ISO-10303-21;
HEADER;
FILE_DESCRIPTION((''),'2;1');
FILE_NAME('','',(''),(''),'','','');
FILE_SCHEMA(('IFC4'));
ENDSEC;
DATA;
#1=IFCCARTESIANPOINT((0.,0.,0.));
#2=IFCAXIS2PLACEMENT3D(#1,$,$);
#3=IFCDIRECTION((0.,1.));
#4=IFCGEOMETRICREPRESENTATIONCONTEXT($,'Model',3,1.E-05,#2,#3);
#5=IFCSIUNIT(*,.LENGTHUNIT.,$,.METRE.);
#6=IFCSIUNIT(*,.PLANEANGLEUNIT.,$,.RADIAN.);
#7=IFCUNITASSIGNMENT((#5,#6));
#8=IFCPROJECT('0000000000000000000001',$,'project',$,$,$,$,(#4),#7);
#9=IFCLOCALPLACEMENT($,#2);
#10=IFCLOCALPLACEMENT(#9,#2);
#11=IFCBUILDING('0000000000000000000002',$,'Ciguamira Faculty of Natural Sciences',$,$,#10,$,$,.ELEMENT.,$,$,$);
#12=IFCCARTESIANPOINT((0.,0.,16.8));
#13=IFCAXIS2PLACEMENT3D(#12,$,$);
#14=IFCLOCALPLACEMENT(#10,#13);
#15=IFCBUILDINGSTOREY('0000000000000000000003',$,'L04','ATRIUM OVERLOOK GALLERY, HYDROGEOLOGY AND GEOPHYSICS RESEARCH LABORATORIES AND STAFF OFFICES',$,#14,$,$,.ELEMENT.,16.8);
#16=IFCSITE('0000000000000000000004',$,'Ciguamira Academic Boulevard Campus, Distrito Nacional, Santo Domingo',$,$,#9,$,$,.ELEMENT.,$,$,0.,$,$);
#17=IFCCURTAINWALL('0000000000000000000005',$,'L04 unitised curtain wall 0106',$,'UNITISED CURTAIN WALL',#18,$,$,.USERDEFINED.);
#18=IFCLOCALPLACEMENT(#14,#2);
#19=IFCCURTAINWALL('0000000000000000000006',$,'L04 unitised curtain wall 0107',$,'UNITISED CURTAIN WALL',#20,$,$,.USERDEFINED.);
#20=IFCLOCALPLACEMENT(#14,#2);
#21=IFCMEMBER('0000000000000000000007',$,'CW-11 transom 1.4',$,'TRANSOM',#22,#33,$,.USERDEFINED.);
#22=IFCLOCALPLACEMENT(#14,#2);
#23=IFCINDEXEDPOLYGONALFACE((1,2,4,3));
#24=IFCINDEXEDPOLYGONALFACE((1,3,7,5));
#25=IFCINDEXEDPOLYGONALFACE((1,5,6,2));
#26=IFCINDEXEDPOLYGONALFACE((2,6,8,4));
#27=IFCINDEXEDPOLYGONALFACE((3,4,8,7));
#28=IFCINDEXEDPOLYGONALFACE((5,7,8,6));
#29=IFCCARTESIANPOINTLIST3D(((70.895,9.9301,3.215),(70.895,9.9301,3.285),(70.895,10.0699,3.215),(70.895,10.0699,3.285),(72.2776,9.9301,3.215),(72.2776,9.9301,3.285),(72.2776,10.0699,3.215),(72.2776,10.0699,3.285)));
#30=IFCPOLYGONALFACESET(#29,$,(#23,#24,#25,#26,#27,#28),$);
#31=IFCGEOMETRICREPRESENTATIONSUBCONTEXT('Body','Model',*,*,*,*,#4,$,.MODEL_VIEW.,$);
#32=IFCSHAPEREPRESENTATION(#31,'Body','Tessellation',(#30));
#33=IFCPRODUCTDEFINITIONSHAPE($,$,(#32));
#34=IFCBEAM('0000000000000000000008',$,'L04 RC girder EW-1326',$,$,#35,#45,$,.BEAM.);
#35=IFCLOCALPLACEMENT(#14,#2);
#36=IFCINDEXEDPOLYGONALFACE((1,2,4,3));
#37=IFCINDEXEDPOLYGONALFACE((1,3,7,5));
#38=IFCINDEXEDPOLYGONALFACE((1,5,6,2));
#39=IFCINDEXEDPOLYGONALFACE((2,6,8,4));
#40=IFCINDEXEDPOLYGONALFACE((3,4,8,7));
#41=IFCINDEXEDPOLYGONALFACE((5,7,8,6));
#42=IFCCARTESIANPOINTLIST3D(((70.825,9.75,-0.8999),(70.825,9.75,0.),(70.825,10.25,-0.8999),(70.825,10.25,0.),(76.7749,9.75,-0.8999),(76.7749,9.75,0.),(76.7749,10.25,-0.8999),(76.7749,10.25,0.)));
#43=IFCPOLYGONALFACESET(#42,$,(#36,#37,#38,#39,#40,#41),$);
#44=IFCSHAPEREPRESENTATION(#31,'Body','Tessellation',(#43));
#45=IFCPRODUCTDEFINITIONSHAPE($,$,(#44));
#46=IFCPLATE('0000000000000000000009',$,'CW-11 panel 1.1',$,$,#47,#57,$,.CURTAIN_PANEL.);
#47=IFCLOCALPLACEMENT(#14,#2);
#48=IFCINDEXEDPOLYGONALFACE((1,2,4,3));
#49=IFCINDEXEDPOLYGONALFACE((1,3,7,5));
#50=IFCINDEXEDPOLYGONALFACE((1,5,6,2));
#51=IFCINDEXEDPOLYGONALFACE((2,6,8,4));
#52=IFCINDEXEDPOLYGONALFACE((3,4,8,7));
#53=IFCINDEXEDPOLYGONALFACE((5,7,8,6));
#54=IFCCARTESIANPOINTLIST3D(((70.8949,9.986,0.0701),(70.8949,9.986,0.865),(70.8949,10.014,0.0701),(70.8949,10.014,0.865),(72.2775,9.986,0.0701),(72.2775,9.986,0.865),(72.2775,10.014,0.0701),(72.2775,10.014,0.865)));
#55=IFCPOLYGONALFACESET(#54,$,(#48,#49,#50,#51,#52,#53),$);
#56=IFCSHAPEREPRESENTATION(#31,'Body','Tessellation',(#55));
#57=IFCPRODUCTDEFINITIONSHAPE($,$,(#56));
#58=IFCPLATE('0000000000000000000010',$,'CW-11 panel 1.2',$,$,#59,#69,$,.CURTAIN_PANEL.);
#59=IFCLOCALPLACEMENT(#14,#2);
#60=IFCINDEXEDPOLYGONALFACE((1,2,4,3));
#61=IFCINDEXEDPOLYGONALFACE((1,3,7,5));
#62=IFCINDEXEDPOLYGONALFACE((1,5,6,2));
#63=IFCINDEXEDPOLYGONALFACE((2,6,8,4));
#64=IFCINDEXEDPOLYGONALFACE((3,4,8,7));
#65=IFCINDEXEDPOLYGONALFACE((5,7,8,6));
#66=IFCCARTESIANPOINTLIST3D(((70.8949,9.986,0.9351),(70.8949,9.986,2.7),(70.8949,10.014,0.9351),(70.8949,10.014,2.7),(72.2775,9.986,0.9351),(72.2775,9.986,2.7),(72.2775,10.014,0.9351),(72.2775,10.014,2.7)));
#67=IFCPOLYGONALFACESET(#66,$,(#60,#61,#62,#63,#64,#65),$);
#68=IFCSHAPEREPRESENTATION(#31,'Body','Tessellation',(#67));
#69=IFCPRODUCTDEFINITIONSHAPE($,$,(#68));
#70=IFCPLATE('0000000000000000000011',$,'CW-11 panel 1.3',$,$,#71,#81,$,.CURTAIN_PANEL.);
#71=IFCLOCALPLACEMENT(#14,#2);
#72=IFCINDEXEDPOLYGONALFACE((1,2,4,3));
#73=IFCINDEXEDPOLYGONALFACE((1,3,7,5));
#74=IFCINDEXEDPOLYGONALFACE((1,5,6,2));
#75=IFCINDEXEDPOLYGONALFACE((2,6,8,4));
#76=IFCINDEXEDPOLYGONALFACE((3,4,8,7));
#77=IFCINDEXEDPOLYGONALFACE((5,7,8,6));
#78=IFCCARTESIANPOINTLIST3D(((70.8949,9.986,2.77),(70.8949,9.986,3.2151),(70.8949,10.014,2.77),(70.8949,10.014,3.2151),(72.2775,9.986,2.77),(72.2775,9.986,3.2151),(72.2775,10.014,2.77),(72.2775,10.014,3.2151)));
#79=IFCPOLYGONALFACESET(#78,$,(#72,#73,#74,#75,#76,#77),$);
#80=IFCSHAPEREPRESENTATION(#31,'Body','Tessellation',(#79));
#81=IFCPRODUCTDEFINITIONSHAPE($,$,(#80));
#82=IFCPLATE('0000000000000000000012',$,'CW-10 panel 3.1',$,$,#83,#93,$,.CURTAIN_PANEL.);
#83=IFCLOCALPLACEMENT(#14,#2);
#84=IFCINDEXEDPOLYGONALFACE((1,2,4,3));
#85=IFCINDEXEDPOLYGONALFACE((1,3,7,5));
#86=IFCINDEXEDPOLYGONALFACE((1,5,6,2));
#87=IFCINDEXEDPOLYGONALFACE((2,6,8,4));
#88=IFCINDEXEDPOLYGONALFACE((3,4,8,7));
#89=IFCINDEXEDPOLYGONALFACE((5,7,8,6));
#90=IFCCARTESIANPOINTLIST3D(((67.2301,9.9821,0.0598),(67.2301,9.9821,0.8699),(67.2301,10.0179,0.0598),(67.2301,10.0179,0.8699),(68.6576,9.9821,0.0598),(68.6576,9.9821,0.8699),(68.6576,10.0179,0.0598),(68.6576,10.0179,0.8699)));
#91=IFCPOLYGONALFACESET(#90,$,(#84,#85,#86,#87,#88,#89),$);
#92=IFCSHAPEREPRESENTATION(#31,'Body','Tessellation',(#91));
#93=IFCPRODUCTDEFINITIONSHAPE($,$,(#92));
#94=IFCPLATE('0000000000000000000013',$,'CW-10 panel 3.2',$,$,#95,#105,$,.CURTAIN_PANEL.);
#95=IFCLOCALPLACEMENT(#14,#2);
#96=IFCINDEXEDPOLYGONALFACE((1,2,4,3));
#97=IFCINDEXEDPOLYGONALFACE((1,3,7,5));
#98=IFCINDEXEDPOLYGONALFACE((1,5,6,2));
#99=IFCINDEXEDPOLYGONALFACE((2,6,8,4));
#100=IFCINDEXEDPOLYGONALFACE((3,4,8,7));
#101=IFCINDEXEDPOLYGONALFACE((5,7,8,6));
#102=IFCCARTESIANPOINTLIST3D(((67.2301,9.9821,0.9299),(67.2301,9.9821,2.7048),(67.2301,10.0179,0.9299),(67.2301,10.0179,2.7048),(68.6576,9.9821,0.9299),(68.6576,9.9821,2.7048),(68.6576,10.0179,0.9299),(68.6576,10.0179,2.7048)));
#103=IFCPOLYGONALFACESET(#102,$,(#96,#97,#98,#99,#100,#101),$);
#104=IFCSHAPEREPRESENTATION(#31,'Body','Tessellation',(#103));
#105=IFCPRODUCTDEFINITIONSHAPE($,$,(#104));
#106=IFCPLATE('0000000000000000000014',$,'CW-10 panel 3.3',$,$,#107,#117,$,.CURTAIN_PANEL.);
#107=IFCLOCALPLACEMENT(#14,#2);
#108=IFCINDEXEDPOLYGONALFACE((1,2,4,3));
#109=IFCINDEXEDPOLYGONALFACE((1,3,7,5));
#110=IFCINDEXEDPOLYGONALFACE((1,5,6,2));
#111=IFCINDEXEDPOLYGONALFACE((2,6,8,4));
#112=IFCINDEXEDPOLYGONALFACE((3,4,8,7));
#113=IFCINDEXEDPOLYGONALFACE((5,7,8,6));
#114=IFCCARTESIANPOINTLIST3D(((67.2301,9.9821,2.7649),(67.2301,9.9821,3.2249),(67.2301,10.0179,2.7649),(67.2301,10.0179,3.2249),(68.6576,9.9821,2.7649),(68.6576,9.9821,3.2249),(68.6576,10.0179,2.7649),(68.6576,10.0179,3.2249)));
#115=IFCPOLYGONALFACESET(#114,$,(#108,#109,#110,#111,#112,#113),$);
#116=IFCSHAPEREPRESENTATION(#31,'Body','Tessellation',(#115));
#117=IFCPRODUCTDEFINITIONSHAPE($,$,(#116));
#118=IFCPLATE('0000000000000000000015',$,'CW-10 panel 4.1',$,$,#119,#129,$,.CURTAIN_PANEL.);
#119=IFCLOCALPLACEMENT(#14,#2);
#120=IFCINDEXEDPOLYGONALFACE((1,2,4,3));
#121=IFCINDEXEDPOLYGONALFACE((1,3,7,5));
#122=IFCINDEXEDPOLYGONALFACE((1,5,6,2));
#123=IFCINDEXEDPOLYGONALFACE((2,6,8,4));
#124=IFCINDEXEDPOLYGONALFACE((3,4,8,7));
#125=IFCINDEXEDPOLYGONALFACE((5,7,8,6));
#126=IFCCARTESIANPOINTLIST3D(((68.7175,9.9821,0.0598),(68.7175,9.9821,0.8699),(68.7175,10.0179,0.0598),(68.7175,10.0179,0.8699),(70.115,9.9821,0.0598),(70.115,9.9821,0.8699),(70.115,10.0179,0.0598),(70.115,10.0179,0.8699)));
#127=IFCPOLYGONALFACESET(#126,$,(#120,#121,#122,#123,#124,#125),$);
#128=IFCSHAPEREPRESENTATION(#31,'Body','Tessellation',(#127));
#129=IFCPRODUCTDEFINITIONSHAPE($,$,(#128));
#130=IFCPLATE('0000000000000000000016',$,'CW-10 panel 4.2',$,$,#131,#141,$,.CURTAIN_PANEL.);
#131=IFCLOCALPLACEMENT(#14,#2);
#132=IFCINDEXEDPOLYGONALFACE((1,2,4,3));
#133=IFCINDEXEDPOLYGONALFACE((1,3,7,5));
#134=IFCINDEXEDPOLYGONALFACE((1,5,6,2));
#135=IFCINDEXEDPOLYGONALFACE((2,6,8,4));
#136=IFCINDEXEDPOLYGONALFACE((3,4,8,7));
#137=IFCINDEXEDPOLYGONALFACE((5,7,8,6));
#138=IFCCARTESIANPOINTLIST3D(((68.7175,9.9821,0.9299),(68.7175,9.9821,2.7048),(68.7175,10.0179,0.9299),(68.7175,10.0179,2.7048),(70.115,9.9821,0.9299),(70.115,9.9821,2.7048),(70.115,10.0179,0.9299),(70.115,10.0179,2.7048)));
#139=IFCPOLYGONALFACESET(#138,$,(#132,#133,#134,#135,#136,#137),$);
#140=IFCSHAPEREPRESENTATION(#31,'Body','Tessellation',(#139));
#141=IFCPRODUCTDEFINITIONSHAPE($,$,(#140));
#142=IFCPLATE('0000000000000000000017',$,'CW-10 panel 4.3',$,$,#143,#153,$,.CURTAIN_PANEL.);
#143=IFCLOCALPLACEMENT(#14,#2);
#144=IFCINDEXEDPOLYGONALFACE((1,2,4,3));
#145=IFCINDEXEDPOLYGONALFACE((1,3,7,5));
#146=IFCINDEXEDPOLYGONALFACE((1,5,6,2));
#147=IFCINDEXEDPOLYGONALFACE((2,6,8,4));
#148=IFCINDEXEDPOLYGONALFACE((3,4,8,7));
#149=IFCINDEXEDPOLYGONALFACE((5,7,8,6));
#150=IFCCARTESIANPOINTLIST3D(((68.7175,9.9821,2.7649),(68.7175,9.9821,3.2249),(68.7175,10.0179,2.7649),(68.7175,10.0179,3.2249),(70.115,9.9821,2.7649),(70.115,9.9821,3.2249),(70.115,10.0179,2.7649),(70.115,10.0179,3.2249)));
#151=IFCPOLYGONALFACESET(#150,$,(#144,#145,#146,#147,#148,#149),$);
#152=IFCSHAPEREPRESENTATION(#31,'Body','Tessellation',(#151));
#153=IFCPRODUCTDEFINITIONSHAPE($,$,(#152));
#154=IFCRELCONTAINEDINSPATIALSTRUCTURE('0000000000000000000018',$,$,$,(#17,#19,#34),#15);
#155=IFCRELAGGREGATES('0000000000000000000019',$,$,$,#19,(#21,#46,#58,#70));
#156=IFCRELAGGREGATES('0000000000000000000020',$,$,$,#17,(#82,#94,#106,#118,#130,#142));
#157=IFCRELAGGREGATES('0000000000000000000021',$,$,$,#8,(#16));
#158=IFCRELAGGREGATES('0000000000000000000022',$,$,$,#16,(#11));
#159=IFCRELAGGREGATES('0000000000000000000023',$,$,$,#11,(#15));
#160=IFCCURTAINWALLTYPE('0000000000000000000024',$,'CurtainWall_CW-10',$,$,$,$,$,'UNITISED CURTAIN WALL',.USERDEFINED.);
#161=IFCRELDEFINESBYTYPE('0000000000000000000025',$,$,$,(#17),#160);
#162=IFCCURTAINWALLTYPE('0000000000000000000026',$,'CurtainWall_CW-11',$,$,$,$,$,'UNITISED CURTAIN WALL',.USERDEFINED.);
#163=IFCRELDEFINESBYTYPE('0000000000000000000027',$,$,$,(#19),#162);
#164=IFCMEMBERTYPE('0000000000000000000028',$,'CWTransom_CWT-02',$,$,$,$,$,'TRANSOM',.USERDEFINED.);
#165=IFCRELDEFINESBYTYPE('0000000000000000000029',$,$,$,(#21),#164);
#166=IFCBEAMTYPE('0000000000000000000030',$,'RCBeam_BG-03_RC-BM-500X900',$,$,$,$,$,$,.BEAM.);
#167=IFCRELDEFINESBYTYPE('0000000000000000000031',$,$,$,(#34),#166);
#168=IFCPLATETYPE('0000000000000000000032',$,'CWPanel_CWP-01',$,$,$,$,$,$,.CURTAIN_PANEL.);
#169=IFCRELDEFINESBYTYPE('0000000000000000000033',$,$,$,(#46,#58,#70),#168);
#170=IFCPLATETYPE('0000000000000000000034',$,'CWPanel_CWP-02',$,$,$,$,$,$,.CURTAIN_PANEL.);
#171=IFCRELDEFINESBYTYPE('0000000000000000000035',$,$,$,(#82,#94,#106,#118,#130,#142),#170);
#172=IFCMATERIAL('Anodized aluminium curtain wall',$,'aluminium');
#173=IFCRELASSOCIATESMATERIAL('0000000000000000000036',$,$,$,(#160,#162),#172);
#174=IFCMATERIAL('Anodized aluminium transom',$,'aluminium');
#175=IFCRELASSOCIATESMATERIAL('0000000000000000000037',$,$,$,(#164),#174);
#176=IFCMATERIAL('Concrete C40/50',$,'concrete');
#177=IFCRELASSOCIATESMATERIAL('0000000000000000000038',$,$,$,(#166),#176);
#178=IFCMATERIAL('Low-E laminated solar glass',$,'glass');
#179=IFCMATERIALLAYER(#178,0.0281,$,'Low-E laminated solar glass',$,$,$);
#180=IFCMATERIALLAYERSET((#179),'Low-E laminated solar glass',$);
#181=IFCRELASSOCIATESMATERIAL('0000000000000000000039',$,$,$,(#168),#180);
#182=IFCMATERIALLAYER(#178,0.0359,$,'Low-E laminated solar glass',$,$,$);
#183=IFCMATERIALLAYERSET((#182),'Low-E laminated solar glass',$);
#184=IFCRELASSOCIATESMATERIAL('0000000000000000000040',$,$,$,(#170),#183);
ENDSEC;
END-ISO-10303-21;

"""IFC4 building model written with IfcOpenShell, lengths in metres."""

from ifc_helpers import new_model, si_unit, direction, frame, origin, origin_2d, place, context, subcontext, project, spatial, rectangle, extrude, material, layer, layer_set, material_profile, profile_set, type_object, element, aggregate, save


model = new_model("IFC4")

# Units and contexts
model_context = context("Model", 3, precision=1e-05, world=origin(), true_north=direction((0.0, 1.0)))
body_context = subcontext(model_context, "Body", "Model", "MODEL_VIEW")
ifc_project = project(units=[si_unit("LENGTHUNIT", "METRE"), si_unit("PLANEANGLEUNIT", "RADIAN")], contexts=[model_context])

# Site, building, storey
site_placement = place(None, origin())
site = spatial("IfcSite", under=ifc_project, at=site_placement, Name="Ciguamira Academic Boulevard Campus, Distrito Nacional, Santo Domingo", CompositionType="ELEMENT", RefElevation=0.0)
building_placement = place(site_placement, origin())
building = spatial("IfcBuilding", under=site, at=building_placement, Name="Ciguamira Faculty of Natural Sciences", CompositionType="ELEMENT")
storey_placement = place(building_placement, frame((0.0, 0.0, 16.8)))
storey = spatial("IfcBuildingStorey", under=building, at=storey_placement, Name="L04", Description="ATRIUM OVERLOOK GALLERY, HYDROGEOLOGY AND GEOPHYSICS RESEARCH LABORATORIES AND STAFF OFFICES", CompositionType="ELEMENT", Elevation=16.8)

# Shared definitions
ifc_material_1 = material(Name="Concrete C40/50", Category="concrete")

# Curtain wall
ifc_material_2 = material(Name="Anodized aluminium curtain wall", Category="aluminium")
curtain_wall_type_1 = type_object("IfcCurtainWallType", Name="CurtainWall_CW-10", ElementType="UNITISED CURTAIN WALL", PredefinedType="USERDEFINED", material=ifc_material_2)
curtain_wall_1_placement = place(storey_placement, origin())
curtain_wall_1 = element("IfcCurtainWall", 1, at=curtain_wall_1_placement, inside=storey, type_object=curtain_wall_type_1, Name="L04 unitised curtain wall 0106", ObjectType="UNITISED CURTAIN WALL", PredefinedType="USERDEFINED")

# Curtain wall
curtain_wall_type_2 = type_object("IfcCurtainWallType", Name="CurtainWall_CW-11", ElementType="UNITISED CURTAIN WALL", PredefinedType="USERDEFINED", material=ifc_material_2)
curtain_wall_2_placement = place(storey_placement, origin())
curtain_wall_2 = element("IfcCurtainWall", 2, at=curtain_wall_2_placement, inside=storey, type_object=curtain_wall_type_2, Name="L04 unitised curtain wall 0107", ObjectType="UNITISED CURTAIN WALL", PredefinedType="USERDEFINED")

# Member
ifc_material_3 = material(Name="Anodized aluminium transom", Category="aluminium")
ifc_material_profile_1 = material_profile(ifc_material_3, rectangle(XDim=0.0701, YDim=0.1399, at=origin_2d()), Name="ALU-TRN-70X140")
ifc_profile_set_1 = profile_set([ifc_material_profile_1], Name="Anodized aluminium transom")
member_type_1 = type_object("IfcMemberType", Name="CWTransom_CWT-02", ElementType="TRANSOM", PredefinedType="USERDEFINED", material=ifc_profile_set_1)
member_1_placement = place(storey_placement, frame((70.895, 10.0, 3.25), z_axis=(1.0, 0.0, 0.0), x_axis=(0.0, 0.0, 1.0)))
member_1 = element("IfcMember", 3, at=member_1_placement, type_object=member_type_1, Name="CW-11 transom 1.4", ObjectType="TRANSOM", PredefinedType="USERDEFINED", context=body_context, shape_type="SweptSolid", body=[
    extrude(rectangle(XDim=0.0701, YDim=0.1399, at=origin_2d()), origin(), (0.0, 0.0, 1.0), 1.3826),
])

# Beam
ifc_material_profile_2 = material_profile(ifc_material_1, rectangle(XDim=0.5, YDim=0.8999, at=origin_2d()), Name="RC-BM-500X900")
ifc_profile_set_2 = profile_set([ifc_material_profile_2], Name="Concrete C40/50")
beam_type = type_object("IfcBeamType", Name="RCBeam_BG-03_RC-BM-500X900", PredefinedType="BEAM", material=ifc_profile_set_2)
beam_placement = place(storey_placement, frame((70.825, 10.0, -0.45), z_axis=(1.0, 0.0, 0.0), x_axis=(0.0, 1.0, 0.0)))
element("IfcBeam", 4, at=beam_placement, inside=storey, type_object=beam_type, Name="L04 RC girder EW-1326", PredefinedType="BEAM", context=body_context, shape_type="SweptSolid", body=[
    extrude(rectangle(XDim=0.5, YDim=0.8999, at=origin_2d()), origin(), (0.0, 0.0, 1.0), 5.95),
])

# Plates
ifc_material_4 = material(Name="Low-E laminated solar glass", Category="glass")
ifc_layer_1 = layer(ifc_material_4, 0.0281, Name="Low-E laminated solar glass")
ifc_layer_set_1 = layer_set([ifc_layer_1], Name="Low-E laminated solar glass")
plate_type_1 = type_object("IfcPlateType", Name="CWPanel_CWP-01", PredefinedType="CURTAIN_PANEL", material=ifc_layer_set_1)
plate_1_placement = place(storey_placement, frame((71.5862, 10.0, 0.0701), z_axis=(0.0, 0.0, 1.0), x_axis=(1.0, 0.0, 0.0)))
plate_1 = element("IfcPlate", 5, at=plate_1_placement, type_object=plate_type_1, Name="CW-11 panel 1.1", PredefinedType="CURTAIN_PANEL", context=body_context, shape_type="SweptSolid", body=[
    extrude(rectangle(XDim=1.3826, YDim=0.0281, at=origin_2d()), origin(), (0.0, 0.0, 1.0), 0.7949),
])
plate_2_placement = place(storey_placement, frame((71.5862, 10.0, 0.9351), z_axis=(0.0, 0.0, 1.0), x_axis=(1.0, 0.0, 0.0)))
plate_2 = element("IfcPlate", 6, at=plate_2_placement, type_object=plate_type_1, Name="CW-11 panel 1.2", PredefinedType="CURTAIN_PANEL", context=body_context, shape_type="SweptSolid", body=[
    extrude(rectangle(XDim=1.3826, YDim=0.0281, at=origin_2d()), origin(), (0.0, 0.0, 1.0), 1.7649),
])
plate_3_placement = place(storey_placement, frame((71.5862, 10.0, 2.77), z_axis=(0.0, 0.0, 1.0), x_axis=(1.0, 0.0, 0.0)))
plate_3 = element("IfcPlate", 7, at=plate_3_placement, type_object=plate_type_1, Name="CW-11 panel 1.3", PredefinedType="CURTAIN_PANEL", context=body_context, shape_type="SweptSolid", body=[
    extrude(rectangle(XDim=1.3826, YDim=0.0281, at=origin_2d()), origin(), (0.0, 0.0, 1.0), 0.4451),
])
aggregate(curtain_wall_2, [member_1, plate_1, plate_2, plate_3])
ifc_layer_2 = layer(ifc_material_4, 0.0359, Name="Low-E laminated solar glass")
ifc_layer_set_2 = layer_set([ifc_layer_2], Name="Low-E laminated solar glass")
plate_type_2 = type_object("IfcPlateType", Name="CWPanel_CWP-02", PredefinedType="CURTAIN_PANEL", material=ifc_layer_set_2)
plate_4_placement = place(storey_placement, frame((67.9438, 10.0, 0.0598), z_axis=(0.0, 0.0, 1.0), x_axis=(1.0, 0.0, 0.0)))
plate_4 = element("IfcPlate", 8, at=plate_4_placement, type_object=plate_type_2, Name="CW-10 panel 3.1", PredefinedType="CURTAIN_PANEL", context=body_context, shape_type="SweptSolid", body=[
    extrude(rectangle(XDim=1.4275, YDim=0.0359, at=origin_2d()), origin(), (0.0, 0.0, 1.0), 0.8101),
])
plate_5_placement = place(storey_placement, frame((67.9438, 10.0, 0.9299), z_axis=(0.0, 0.0, 1.0), x_axis=(1.0, 0.0, 0.0)))
plate_5 = element("IfcPlate", 9, at=plate_5_placement, type_object=plate_type_2, Name="CW-10 panel 3.2", PredefinedType="CURTAIN_PANEL", context=body_context, shape_type="SweptSolid", body=[
    extrude(rectangle(XDim=1.4275, YDim=0.0359, at=origin_2d()), origin(), (0.0, 0.0, 1.0), 1.7749),
])
plate_6_placement = place(storey_placement, frame((67.9438, 10.0, 2.7649), z_axis=(0.0, 0.0, 1.0), x_axis=(1.0, 0.0, 0.0)))
plate_6 = element("IfcPlate", 10, at=plate_6_placement, type_object=plate_type_2, Name="CW-10 panel 3.3", PredefinedType="CURTAIN_PANEL", context=body_context, shape_type="SweptSolid", body=[
    extrude(rectangle(XDim=1.4275, YDim=0.0359, at=origin_2d()), origin(), (0.0, 0.0, 1.0), 0.46),
])
plate_7_placement = place(storey_placement, frame((69.4163, 10.0, 0.0598), z_axis=(0.0, 0.0, 1.0), x_axis=(1.0, 0.0, 0.0)))
plate_7 = element("IfcPlate", 11, at=plate_7_placement, type_object=plate_type_2, Name="CW-10 panel 4.1", PredefinedType="CURTAIN_PANEL", context=body_context, shape_type="SweptSolid", body=[
    extrude(rectangle(XDim=1.3975, YDim=0.0359, at=origin_2d()), origin(), (0.0, 0.0, 1.0), 0.8101),
])
plate_8_placement = place(storey_placement, frame((69.4163, 10.0, 0.9299), z_axis=(0.0, 0.0, 1.0), x_axis=(1.0, 0.0, 0.0)))
plate_8 = element("IfcPlate", 12, at=plate_8_placement, type_object=plate_type_2, Name="CW-10 panel 4.2", PredefinedType="CURTAIN_PANEL", context=body_context, shape_type="SweptSolid", body=[
    extrude(rectangle(XDim=1.3975, YDim=0.0359, at=origin_2d()), origin(), (0.0, 0.0, 1.0), 1.7749),
])
plate_9_placement = place(storey_placement, frame((69.4163, 10.0, 2.7649), z_axis=(0.0, 0.0, 1.0), x_axis=(1.0, 0.0, 0.0)))
plate_9 = element("IfcPlate", 13, at=plate_9_placement, type_object=plate_type_2, Name="CW-10 panel 4.3", PredefinedType="CURTAIN_PANEL", context=body_context, shape_type="SweptSolid", body=[
    extrude(rectangle(XDim=1.3975, YDim=0.0359, at=origin_2d()), origin(), (0.0, 0.0, 1.0), 0.46),
])
aggregate(curtain_wall_1, [plate_4, plate_5, plate_6, plate_7, plate_8, plate_9])

save(model, "model.ifc")
